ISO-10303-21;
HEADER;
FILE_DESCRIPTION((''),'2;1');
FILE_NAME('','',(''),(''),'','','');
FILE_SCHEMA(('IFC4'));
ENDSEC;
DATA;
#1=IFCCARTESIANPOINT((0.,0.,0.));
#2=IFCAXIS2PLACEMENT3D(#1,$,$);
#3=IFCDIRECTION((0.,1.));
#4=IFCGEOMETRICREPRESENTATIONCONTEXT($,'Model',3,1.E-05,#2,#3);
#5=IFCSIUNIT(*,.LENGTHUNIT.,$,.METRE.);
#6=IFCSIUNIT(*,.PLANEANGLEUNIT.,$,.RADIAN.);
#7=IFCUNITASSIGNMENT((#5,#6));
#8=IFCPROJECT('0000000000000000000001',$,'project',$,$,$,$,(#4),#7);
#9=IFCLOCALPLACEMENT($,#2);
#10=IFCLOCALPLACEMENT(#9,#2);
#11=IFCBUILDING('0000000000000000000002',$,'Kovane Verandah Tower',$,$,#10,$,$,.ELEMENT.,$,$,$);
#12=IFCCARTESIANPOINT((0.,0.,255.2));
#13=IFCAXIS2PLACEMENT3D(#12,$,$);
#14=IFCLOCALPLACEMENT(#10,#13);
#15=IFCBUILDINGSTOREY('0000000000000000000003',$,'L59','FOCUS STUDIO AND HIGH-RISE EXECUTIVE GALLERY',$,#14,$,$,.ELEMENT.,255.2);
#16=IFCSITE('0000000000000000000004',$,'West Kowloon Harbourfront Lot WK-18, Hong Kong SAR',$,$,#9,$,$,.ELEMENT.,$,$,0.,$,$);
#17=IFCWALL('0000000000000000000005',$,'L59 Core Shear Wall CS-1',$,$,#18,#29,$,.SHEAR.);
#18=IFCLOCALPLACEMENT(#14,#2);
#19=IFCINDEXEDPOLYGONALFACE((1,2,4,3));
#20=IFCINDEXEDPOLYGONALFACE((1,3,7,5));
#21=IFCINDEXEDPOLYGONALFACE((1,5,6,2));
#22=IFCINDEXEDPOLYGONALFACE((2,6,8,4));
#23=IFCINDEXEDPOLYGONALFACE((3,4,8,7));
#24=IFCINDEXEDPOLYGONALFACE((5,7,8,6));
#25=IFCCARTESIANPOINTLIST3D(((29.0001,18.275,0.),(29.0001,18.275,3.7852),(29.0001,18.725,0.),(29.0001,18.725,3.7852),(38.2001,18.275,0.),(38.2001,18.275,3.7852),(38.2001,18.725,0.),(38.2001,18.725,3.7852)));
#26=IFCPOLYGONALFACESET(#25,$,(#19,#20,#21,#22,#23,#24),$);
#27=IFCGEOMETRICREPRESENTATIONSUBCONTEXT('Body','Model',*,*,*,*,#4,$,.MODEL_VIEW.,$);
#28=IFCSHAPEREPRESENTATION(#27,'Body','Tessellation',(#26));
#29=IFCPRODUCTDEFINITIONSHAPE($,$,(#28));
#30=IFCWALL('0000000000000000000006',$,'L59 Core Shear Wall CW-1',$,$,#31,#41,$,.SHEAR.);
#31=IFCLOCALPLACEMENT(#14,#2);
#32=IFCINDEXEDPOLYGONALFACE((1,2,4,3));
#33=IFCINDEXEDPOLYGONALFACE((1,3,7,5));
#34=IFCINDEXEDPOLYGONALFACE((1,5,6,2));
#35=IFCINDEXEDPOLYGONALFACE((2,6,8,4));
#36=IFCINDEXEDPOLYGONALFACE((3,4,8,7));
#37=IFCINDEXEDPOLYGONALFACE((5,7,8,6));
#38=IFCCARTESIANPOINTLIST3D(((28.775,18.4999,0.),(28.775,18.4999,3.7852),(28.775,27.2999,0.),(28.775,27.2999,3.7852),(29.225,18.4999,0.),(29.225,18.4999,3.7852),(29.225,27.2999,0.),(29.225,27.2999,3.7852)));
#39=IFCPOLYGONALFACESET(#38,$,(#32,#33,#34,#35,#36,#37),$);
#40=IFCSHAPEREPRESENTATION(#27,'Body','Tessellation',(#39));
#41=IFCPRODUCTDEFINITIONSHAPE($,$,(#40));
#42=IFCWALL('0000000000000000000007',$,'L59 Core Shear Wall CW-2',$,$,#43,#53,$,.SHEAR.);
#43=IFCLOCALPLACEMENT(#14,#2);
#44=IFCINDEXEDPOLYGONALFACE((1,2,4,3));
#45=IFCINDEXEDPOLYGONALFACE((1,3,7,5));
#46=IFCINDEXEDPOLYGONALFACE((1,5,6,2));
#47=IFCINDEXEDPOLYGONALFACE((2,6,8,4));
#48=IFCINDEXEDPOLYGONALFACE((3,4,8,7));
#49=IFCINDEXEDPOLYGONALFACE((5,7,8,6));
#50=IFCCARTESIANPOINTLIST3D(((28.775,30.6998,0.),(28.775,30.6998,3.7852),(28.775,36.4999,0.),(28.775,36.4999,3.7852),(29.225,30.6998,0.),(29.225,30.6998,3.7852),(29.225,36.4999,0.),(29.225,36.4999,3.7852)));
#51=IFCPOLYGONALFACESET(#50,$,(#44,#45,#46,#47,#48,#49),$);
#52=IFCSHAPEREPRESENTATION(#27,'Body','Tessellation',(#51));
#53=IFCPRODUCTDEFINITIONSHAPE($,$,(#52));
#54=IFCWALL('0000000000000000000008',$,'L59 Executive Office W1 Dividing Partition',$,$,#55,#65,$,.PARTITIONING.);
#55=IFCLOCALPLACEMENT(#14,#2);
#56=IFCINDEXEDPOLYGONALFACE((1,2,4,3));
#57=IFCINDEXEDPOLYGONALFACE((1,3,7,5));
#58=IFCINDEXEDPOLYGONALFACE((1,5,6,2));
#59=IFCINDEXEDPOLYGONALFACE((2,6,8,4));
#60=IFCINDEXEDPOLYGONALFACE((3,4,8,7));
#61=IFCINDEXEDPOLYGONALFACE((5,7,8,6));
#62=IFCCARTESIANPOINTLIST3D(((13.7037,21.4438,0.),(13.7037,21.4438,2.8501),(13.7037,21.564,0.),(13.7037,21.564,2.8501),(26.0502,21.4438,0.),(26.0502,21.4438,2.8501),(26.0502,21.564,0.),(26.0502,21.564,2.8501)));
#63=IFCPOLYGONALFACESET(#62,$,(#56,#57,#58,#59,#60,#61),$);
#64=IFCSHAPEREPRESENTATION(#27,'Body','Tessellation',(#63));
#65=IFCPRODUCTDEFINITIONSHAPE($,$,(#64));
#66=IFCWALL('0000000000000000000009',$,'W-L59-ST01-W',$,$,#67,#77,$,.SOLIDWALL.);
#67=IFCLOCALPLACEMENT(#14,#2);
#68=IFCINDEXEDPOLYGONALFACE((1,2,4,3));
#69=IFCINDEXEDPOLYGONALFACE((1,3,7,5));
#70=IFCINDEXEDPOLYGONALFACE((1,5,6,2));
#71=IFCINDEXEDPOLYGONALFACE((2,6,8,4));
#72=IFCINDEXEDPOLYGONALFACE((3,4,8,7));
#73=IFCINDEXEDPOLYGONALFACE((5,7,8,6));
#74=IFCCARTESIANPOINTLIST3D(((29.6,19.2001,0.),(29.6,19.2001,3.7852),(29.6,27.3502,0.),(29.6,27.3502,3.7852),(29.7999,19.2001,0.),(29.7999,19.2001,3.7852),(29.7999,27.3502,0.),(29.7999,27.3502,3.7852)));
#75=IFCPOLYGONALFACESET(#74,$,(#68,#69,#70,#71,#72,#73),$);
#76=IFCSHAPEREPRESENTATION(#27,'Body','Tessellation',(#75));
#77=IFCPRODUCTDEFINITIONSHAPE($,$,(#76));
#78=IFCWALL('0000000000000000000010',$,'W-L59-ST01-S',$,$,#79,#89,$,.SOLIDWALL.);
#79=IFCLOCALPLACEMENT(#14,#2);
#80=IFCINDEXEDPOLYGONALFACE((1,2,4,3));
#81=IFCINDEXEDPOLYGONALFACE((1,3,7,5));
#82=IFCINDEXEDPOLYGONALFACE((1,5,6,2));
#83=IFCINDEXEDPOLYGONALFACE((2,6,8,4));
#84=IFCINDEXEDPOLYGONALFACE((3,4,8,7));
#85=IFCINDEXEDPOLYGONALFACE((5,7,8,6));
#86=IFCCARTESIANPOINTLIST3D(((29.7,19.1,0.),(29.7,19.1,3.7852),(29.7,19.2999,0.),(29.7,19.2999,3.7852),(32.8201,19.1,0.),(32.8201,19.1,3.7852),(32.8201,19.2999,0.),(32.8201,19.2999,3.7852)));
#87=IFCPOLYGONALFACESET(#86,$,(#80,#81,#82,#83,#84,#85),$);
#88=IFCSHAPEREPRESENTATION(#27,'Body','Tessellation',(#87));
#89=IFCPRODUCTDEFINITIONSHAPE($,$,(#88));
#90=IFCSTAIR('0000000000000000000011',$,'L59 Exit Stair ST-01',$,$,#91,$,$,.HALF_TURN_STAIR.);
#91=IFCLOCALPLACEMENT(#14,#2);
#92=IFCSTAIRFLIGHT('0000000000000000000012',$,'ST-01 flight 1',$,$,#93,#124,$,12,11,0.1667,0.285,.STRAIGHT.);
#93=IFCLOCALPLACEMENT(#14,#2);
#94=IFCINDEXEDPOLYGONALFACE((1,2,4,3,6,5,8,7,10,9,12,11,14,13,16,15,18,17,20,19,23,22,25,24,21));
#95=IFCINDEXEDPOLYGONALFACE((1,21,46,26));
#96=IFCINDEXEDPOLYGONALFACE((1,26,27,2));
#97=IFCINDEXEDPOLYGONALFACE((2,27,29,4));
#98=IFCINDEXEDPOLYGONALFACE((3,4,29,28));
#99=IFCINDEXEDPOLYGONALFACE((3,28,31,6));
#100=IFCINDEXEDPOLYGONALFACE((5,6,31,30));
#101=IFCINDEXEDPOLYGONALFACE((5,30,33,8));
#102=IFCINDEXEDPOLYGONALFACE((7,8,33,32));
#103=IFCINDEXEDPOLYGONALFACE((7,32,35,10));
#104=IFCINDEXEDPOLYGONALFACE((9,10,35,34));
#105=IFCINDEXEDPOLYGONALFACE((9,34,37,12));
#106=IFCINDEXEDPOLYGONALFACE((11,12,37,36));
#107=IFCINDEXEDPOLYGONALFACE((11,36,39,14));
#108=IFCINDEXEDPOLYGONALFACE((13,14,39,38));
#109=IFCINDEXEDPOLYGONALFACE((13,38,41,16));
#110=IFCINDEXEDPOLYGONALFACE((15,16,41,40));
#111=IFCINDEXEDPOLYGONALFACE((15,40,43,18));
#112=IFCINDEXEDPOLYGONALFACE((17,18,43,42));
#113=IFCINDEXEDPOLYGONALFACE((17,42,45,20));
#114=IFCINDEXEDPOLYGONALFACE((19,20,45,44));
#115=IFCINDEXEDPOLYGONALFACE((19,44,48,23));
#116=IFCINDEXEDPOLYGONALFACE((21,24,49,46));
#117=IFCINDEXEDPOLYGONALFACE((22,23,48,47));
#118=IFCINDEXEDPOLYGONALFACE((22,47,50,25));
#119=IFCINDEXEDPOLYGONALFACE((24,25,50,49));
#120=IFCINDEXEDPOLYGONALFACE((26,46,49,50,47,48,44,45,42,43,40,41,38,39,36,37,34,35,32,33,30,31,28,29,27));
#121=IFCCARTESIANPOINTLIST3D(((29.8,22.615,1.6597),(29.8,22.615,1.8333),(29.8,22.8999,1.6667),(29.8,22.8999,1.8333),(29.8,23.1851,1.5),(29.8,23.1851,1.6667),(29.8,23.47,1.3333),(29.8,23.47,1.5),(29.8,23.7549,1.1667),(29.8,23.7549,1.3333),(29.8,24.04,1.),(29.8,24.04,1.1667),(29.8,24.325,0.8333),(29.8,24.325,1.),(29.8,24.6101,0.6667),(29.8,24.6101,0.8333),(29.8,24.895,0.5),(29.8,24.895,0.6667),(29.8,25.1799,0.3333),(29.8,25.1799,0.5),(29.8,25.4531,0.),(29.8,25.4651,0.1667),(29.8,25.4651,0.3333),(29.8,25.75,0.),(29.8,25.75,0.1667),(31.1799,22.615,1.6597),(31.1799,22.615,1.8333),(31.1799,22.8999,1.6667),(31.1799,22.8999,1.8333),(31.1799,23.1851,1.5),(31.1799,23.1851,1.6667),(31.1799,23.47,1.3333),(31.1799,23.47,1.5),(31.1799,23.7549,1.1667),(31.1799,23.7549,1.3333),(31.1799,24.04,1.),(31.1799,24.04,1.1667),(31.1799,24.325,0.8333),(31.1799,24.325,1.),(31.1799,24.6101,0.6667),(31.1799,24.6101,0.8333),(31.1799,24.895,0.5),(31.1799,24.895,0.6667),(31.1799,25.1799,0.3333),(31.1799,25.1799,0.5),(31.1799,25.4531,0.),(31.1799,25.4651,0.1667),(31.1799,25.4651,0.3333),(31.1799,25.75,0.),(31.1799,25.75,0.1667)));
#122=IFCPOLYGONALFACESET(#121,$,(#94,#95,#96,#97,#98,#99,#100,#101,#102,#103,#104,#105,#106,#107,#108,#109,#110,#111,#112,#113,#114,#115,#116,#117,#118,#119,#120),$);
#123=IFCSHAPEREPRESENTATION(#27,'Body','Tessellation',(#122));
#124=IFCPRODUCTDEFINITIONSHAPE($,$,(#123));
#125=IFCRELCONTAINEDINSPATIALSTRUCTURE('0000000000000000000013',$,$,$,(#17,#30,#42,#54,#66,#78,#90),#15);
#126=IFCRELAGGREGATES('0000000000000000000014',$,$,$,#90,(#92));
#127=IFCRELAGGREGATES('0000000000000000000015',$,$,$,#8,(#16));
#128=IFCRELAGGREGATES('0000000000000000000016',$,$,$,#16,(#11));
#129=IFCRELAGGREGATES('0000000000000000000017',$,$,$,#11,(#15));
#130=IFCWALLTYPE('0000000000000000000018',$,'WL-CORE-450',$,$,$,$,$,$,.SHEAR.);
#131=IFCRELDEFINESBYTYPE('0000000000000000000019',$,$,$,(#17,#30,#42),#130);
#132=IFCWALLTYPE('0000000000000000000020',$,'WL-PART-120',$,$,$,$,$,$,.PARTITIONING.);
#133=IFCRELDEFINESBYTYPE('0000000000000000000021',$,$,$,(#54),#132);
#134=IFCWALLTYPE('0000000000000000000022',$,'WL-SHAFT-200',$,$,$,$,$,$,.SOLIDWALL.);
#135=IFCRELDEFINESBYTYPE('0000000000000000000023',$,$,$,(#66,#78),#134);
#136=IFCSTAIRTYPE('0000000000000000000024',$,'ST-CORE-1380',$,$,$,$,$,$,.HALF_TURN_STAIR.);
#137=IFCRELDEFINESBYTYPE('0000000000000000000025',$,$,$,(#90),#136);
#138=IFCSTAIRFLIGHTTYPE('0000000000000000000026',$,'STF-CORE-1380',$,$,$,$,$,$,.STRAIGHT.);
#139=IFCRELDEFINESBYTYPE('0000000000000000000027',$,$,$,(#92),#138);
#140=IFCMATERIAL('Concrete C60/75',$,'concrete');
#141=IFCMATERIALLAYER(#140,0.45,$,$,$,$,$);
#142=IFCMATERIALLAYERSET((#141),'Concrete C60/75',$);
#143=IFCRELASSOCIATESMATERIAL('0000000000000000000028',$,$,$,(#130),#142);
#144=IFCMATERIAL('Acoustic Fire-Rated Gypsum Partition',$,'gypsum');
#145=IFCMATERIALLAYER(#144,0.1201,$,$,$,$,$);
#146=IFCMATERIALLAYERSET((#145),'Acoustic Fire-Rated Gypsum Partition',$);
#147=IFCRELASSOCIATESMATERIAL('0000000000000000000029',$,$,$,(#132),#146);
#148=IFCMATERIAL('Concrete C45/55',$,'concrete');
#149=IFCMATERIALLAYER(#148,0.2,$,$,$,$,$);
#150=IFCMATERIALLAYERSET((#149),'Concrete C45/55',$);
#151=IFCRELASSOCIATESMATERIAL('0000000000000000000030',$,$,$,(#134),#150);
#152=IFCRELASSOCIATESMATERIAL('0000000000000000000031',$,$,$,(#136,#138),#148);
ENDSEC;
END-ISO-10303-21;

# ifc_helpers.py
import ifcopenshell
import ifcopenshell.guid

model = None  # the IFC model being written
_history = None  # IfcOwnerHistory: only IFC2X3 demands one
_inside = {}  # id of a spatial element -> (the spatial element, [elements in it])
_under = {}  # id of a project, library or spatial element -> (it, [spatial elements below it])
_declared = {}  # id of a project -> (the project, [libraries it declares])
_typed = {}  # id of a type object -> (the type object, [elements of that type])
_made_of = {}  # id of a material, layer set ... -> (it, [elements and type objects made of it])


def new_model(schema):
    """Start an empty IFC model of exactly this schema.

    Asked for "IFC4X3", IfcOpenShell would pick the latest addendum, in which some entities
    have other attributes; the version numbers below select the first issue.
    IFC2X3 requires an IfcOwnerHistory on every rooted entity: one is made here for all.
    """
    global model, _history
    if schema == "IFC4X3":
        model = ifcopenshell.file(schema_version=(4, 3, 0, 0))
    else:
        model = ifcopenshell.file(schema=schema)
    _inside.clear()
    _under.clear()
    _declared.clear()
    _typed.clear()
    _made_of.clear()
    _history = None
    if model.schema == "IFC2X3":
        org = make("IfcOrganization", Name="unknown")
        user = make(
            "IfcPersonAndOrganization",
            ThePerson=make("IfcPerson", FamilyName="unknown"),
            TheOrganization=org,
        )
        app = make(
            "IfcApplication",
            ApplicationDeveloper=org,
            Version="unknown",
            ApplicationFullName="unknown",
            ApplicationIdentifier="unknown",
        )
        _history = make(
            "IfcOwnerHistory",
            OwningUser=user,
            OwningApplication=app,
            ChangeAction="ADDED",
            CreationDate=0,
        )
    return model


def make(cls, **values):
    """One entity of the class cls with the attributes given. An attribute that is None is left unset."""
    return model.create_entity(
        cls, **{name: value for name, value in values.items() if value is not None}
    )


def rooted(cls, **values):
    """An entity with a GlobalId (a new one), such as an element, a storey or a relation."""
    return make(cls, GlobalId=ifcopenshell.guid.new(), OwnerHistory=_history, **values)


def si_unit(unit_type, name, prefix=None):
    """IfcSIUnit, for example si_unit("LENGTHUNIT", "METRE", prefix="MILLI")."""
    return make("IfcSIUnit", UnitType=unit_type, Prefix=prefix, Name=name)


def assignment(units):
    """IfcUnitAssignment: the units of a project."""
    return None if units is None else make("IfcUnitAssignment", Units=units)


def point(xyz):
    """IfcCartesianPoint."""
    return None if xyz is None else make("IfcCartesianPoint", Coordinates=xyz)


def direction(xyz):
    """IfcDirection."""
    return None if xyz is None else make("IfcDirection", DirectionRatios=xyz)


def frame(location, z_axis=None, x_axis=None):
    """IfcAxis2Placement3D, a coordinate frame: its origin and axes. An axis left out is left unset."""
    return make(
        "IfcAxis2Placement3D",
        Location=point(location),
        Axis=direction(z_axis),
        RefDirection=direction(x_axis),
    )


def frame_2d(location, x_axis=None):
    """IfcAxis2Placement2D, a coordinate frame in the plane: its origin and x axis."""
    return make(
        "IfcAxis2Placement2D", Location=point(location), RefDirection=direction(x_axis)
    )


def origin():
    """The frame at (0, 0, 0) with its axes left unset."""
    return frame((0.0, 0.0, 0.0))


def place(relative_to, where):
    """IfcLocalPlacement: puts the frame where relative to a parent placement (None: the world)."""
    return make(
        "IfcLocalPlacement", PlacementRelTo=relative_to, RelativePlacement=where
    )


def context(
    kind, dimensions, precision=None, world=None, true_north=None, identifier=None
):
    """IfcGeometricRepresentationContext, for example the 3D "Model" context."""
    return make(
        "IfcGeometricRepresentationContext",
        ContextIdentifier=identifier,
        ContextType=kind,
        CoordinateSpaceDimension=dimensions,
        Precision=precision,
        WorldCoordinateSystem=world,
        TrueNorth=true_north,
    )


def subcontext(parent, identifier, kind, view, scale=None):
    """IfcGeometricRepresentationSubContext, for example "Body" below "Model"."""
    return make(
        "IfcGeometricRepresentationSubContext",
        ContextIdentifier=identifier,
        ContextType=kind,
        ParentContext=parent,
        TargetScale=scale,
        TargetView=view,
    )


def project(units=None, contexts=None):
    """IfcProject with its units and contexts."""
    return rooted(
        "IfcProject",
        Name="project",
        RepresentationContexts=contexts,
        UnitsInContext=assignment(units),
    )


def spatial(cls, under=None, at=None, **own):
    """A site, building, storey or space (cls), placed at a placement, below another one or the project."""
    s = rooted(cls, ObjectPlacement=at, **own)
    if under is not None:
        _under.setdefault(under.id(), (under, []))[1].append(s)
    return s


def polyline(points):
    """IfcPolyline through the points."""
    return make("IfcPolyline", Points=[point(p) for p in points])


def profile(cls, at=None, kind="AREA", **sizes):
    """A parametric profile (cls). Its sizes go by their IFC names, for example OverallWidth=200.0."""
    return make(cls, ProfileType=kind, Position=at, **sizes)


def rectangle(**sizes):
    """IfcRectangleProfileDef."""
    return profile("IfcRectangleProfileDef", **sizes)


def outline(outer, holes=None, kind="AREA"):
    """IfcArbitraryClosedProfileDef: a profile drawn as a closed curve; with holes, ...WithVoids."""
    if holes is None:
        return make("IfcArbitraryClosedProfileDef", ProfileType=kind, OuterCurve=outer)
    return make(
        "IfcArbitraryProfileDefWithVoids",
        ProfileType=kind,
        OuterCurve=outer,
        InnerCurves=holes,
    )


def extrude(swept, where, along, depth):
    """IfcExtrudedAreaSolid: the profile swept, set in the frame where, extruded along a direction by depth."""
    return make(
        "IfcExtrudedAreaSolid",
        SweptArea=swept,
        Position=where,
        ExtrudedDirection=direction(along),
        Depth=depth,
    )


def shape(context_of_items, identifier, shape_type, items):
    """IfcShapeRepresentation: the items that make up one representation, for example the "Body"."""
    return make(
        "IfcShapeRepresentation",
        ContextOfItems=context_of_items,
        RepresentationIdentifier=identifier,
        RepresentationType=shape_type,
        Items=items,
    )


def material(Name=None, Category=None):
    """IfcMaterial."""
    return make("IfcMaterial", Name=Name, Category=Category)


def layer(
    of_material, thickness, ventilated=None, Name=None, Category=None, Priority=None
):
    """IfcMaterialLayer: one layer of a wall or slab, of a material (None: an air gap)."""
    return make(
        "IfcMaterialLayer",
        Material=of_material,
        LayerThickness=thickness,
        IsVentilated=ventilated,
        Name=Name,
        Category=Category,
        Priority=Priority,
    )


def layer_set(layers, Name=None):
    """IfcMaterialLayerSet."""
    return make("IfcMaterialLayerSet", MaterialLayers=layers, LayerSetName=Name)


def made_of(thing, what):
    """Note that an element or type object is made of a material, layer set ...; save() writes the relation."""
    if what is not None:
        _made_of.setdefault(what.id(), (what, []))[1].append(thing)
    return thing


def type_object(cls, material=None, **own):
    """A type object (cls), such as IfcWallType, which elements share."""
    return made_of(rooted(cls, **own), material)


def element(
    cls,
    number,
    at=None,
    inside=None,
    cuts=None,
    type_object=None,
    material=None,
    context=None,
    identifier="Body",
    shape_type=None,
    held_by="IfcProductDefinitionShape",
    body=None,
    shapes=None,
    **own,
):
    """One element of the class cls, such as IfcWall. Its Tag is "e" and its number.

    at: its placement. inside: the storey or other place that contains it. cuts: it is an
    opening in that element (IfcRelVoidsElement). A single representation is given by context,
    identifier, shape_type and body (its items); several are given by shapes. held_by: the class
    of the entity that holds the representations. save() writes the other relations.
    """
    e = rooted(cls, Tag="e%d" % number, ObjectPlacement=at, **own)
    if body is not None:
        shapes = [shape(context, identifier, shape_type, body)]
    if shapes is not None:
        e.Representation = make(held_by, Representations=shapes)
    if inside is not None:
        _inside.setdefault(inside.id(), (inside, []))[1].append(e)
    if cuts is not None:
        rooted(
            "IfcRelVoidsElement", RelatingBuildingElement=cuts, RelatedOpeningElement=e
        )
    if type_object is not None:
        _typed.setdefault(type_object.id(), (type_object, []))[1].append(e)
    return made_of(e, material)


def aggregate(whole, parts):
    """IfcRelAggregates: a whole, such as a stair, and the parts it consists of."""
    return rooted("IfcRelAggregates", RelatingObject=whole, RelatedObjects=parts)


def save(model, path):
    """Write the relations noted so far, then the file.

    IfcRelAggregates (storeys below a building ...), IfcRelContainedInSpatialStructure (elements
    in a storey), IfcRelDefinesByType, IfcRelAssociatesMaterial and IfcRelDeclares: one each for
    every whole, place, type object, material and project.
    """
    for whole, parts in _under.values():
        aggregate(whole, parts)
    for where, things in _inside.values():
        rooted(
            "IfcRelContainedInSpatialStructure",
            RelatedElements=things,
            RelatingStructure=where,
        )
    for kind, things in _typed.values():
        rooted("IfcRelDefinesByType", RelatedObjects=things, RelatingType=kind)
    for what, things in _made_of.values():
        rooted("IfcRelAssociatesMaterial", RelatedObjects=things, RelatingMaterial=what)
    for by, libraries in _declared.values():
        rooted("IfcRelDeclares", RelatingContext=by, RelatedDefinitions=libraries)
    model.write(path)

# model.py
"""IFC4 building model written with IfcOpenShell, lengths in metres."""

from ifc_helpers import new_model, si_unit, direction, frame, frame_2d, origin, place, context, subcontext, project, spatial, polyline, rectangle, outline, extrude, material, layer, layer_set, type_object, element, aggregate, save


model = new_model("IFC4")

# Units and contexts
model_context = context("Model", 3, precision=1e-05, world=origin(), true_north=direction((0.0, 1.0)))
body_context = subcontext(model_context, "Body", "Model", "MODEL_VIEW")
ifc_project = project(units=[si_unit("LENGTHUNIT", "METRE"), si_unit("PLANEANGLEUNIT", "RADIAN")], contexts=[model_context])

# Site, building, storey
site_placement = place(None, origin())
site = spatial("IfcSite", under=ifc_project, at=site_placement, Name="West Kowloon Harbourfront Lot WK-18, Hong Kong SAR", CompositionType="ELEMENT", RefElevation=0.0)
building_placement = place(site_placement, origin())
building = spatial("IfcBuilding", under=site, at=building_placement, Name="Kovane Verandah Tower", CompositionType="ELEMENT")
storey_placement = place(building_placement, frame((0.0, 0.0, 255.2)))
storey = spatial("IfcBuildingStorey", under=building, at=storey_placement, Name="L59", Description="FOCUS STUDIO AND HIGH-RISE EXECUTIVE GALLERY", CompositionType="ELEMENT", Elevation=255.2)

# Shared definitions
ifc_material_1 = material(Name="Concrete C60/75", Category="concrete")

# Walls
ifc_layer_1 = layer(ifc_material_1, 0.45)
ifc_layer_set_1 = layer_set([ifc_layer_1], Name="Concrete C60/75")
wall_type_1 = type_object("IfcWallType", Name="WL-CORE-450", PredefinedType="SHEAR", material=ifc_layer_set_1)
wall_1_placement = place(storey_placement, frame((29.0, 18.5, 0.0), z_axis=(0.0, 0.0, 1.0), x_axis=(1.0, 0.0, 0.0)))
element("IfcWall", 1, at=wall_1_placement, inside=storey, type_object=wall_type_1, Name="L59 Core Shear Wall CS-1", PredefinedType="SHEAR", context=body_context, shape_type="SweptSolid", body=[
    extrude(rectangle(XDim=9.2, YDim=0.45, at=frame_2d((4.6001, 0.0))), origin(), (0.0, 0.0, 1.0), 3.7852),
])
wall_2_placement = place(storey_placement, frame((29.0, 18.5, 0.0), z_axis=(0.0, 0.0, 1.0), x_axis=(0.0, 1.0, 0.0)))
element("IfcWall", 2, at=wall_2_placement, inside=storey, type_object=wall_type_1, Name="L59 Core Shear Wall CW-1", PredefinedType="SHEAR", context=body_context, shape_type="SweptSolid", body=[
    extrude(rectangle(XDim=8.8, YDim=0.45, at=frame_2d((4.3999, 0.0))), origin(), (0.0, 0.0, 1.0), 3.7852),
])
wall_3_placement = place(storey_placement, frame((29.0, 30.7, 0.0), z_axis=(0.0, 0.0, 1.0), x_axis=(0.0, 1.0, 0.0)))
element("IfcWall", 3, at=wall_3_placement, inside=storey, type_object=wall_type_1, Name="L59 Core Shear Wall CW-2", PredefinedType="SHEAR", context=body_context, shape_type="SweptSolid", body=[
    extrude(rectangle(XDim=5.8, YDim=0.45, at=frame_2d((2.8999, 0.0))), origin(), (0.0, 0.0, 1.0), 3.7852),
])

# Walls
ifc_material_2 = material(Name="Acoustic Fire-Rated Gypsum Partition", Category="gypsum")
ifc_layer_2 = layer(ifc_material_2, 0.1201)
ifc_layer_set_2 = layer_set([ifc_layer_2], Name="Acoustic Fire-Rated Gypsum Partition")
wall_type_2 = type_object("IfcWallType", Name="WL-PART-120", PredefinedType="PARTITIONING", material=ifc_layer_set_2)
wall_4_placement = place(storey_placement, frame((13.7036, 21.5039, 0.0), z_axis=(0.0, 0.0, 1.0), x_axis=(1.0, 0.0, 0.0)))
element("IfcWall", 4, at=wall_4_placement, inside=storey, type_object=wall_type_2, Name="L59 Executive Office W1 Dividing Partition", PredefinedType="PARTITIONING", context=body_context, shape_type="SweptSolid", body=[
    extrude(rectangle(XDim=12.3464, YDim=0.1201, at=frame_2d((6.1733, 0.0))), origin(), (0.0, 0.0, 1.0), 2.8501),
])
ifc_material_3 = material(Name="Concrete C45/55", Category="concrete")
ifc_layer_3 = layer(ifc_material_3, 0.2)
ifc_layer_set_3 = layer_set([ifc_layer_3], Name="Concrete C45/55")
wall_type_3 = type_object("IfcWallType", Name="WL-SHAFT-200", PredefinedType="SOLIDWALL", material=ifc_layer_set_3)
wall_5_placement = place(storey_placement, frame((29.7, 19.2, 0.0), z_axis=(0.0, 0.0, 1.0), x_axis=(0.0, 1.0, 0.0)))
element("IfcWall", 5, at=wall_5_placement, inside=storey, type_object=wall_type_3, Name="W-L59-ST01-W", PredefinedType="SOLIDWALL", context=body_context, shape_type="SweptSolid", body=[
    extrude(rectangle(XDim=8.1501, YDim=0.2, at=frame_2d((4.0752, 0.0))), origin(), (0.0, 0.0, 1.0), 3.7852),
])
wall_6_placement = place(storey_placement, frame((29.7, 19.2, 0.0), z_axis=(0.0, 0.0, 1.0), x_axis=(1.0, 0.0, 0.0)))
element("IfcWall", 6, at=wall_6_placement, inside=storey, type_object=wall_type_3, Name="W-L59-ST01-S", PredefinedType="SOLIDWALL", context=body_context, shape_type="SweptSolid", body=[
    extrude(rectangle(XDim=3.1201, YDim=0.2, at=frame_2d((1.5601, 0.0))), origin(), (0.0, 0.0, 1.0), 3.7852),
])

# Stair, stair flight
stair_type = type_object("IfcStairType", Name="ST-CORE-1380", PredefinedType="HALF_TURN_STAIR", material=ifc_material_3)
stair_placement = place(storey_placement, origin())
stair = element("IfcStair", 7, at=stair_placement, inside=storey, type_object=stair_type, Name="L59 Exit Stair ST-01", PredefinedType="HALF_TURN_STAIR")
stair_flight_type = type_object("IfcStairFlightType", Name="STF-CORE-1380", PredefinedType="STRAIGHT", material=ifc_material_3)
stair_flight_placement = place(storey_placement, frame((30.49, 25.75, 0.0), z_axis=(0.0, 0.0, 1.0), x_axis=(0.0, -1.0, 0.0)))
stair_flight = element("IfcStairFlight", 8, at=stair_flight_placement, type_object=stair_flight_type, Name="ST-01 flight 1", NumberOfRisers=12, NumberOfTreads=11, PredefinedType="STRAIGHT", RiserHeight=0.1667, TreadLength=0.285, context=body_context, shape_type="SweptSolid", body=[
    extrude(outline(polyline([(0.0, 0.0), (0.0, 0.1667), (0.2849, 0.1667), (0.2849, 0.3333), (0.5701, 0.3333), (0.5701, 0.5), (0.855, 0.5), (0.855, 0.6667), (1.1399, 0.6667), (1.1399, 0.8333), (1.425, 0.8333), (1.425, 1.0), (1.71, 1.0), (1.71, 1.1667), (1.9951, 1.1667), (1.9951, 1.3333), (2.28, 1.3333), (2.28, 1.5), (2.5649, 1.5), (2.5649, 1.6667), (2.8501, 1.6667), (2.8501, 1.8333), (3.135, 1.8333), (3.135, 2.0), (3.135, 1.6597), (0.2969, 0.0), (0.0, 0.0)])), frame((0.0, 0.6899, 0.0), z_axis=(0.0, -1.0, 0.0), x_axis=(1.0, 0.0, 0.0)), (0.0, 0.0, 1.0), 1.3799),
])
aggregate(stair, [stair_flight])

save(model, "model.ifc")
